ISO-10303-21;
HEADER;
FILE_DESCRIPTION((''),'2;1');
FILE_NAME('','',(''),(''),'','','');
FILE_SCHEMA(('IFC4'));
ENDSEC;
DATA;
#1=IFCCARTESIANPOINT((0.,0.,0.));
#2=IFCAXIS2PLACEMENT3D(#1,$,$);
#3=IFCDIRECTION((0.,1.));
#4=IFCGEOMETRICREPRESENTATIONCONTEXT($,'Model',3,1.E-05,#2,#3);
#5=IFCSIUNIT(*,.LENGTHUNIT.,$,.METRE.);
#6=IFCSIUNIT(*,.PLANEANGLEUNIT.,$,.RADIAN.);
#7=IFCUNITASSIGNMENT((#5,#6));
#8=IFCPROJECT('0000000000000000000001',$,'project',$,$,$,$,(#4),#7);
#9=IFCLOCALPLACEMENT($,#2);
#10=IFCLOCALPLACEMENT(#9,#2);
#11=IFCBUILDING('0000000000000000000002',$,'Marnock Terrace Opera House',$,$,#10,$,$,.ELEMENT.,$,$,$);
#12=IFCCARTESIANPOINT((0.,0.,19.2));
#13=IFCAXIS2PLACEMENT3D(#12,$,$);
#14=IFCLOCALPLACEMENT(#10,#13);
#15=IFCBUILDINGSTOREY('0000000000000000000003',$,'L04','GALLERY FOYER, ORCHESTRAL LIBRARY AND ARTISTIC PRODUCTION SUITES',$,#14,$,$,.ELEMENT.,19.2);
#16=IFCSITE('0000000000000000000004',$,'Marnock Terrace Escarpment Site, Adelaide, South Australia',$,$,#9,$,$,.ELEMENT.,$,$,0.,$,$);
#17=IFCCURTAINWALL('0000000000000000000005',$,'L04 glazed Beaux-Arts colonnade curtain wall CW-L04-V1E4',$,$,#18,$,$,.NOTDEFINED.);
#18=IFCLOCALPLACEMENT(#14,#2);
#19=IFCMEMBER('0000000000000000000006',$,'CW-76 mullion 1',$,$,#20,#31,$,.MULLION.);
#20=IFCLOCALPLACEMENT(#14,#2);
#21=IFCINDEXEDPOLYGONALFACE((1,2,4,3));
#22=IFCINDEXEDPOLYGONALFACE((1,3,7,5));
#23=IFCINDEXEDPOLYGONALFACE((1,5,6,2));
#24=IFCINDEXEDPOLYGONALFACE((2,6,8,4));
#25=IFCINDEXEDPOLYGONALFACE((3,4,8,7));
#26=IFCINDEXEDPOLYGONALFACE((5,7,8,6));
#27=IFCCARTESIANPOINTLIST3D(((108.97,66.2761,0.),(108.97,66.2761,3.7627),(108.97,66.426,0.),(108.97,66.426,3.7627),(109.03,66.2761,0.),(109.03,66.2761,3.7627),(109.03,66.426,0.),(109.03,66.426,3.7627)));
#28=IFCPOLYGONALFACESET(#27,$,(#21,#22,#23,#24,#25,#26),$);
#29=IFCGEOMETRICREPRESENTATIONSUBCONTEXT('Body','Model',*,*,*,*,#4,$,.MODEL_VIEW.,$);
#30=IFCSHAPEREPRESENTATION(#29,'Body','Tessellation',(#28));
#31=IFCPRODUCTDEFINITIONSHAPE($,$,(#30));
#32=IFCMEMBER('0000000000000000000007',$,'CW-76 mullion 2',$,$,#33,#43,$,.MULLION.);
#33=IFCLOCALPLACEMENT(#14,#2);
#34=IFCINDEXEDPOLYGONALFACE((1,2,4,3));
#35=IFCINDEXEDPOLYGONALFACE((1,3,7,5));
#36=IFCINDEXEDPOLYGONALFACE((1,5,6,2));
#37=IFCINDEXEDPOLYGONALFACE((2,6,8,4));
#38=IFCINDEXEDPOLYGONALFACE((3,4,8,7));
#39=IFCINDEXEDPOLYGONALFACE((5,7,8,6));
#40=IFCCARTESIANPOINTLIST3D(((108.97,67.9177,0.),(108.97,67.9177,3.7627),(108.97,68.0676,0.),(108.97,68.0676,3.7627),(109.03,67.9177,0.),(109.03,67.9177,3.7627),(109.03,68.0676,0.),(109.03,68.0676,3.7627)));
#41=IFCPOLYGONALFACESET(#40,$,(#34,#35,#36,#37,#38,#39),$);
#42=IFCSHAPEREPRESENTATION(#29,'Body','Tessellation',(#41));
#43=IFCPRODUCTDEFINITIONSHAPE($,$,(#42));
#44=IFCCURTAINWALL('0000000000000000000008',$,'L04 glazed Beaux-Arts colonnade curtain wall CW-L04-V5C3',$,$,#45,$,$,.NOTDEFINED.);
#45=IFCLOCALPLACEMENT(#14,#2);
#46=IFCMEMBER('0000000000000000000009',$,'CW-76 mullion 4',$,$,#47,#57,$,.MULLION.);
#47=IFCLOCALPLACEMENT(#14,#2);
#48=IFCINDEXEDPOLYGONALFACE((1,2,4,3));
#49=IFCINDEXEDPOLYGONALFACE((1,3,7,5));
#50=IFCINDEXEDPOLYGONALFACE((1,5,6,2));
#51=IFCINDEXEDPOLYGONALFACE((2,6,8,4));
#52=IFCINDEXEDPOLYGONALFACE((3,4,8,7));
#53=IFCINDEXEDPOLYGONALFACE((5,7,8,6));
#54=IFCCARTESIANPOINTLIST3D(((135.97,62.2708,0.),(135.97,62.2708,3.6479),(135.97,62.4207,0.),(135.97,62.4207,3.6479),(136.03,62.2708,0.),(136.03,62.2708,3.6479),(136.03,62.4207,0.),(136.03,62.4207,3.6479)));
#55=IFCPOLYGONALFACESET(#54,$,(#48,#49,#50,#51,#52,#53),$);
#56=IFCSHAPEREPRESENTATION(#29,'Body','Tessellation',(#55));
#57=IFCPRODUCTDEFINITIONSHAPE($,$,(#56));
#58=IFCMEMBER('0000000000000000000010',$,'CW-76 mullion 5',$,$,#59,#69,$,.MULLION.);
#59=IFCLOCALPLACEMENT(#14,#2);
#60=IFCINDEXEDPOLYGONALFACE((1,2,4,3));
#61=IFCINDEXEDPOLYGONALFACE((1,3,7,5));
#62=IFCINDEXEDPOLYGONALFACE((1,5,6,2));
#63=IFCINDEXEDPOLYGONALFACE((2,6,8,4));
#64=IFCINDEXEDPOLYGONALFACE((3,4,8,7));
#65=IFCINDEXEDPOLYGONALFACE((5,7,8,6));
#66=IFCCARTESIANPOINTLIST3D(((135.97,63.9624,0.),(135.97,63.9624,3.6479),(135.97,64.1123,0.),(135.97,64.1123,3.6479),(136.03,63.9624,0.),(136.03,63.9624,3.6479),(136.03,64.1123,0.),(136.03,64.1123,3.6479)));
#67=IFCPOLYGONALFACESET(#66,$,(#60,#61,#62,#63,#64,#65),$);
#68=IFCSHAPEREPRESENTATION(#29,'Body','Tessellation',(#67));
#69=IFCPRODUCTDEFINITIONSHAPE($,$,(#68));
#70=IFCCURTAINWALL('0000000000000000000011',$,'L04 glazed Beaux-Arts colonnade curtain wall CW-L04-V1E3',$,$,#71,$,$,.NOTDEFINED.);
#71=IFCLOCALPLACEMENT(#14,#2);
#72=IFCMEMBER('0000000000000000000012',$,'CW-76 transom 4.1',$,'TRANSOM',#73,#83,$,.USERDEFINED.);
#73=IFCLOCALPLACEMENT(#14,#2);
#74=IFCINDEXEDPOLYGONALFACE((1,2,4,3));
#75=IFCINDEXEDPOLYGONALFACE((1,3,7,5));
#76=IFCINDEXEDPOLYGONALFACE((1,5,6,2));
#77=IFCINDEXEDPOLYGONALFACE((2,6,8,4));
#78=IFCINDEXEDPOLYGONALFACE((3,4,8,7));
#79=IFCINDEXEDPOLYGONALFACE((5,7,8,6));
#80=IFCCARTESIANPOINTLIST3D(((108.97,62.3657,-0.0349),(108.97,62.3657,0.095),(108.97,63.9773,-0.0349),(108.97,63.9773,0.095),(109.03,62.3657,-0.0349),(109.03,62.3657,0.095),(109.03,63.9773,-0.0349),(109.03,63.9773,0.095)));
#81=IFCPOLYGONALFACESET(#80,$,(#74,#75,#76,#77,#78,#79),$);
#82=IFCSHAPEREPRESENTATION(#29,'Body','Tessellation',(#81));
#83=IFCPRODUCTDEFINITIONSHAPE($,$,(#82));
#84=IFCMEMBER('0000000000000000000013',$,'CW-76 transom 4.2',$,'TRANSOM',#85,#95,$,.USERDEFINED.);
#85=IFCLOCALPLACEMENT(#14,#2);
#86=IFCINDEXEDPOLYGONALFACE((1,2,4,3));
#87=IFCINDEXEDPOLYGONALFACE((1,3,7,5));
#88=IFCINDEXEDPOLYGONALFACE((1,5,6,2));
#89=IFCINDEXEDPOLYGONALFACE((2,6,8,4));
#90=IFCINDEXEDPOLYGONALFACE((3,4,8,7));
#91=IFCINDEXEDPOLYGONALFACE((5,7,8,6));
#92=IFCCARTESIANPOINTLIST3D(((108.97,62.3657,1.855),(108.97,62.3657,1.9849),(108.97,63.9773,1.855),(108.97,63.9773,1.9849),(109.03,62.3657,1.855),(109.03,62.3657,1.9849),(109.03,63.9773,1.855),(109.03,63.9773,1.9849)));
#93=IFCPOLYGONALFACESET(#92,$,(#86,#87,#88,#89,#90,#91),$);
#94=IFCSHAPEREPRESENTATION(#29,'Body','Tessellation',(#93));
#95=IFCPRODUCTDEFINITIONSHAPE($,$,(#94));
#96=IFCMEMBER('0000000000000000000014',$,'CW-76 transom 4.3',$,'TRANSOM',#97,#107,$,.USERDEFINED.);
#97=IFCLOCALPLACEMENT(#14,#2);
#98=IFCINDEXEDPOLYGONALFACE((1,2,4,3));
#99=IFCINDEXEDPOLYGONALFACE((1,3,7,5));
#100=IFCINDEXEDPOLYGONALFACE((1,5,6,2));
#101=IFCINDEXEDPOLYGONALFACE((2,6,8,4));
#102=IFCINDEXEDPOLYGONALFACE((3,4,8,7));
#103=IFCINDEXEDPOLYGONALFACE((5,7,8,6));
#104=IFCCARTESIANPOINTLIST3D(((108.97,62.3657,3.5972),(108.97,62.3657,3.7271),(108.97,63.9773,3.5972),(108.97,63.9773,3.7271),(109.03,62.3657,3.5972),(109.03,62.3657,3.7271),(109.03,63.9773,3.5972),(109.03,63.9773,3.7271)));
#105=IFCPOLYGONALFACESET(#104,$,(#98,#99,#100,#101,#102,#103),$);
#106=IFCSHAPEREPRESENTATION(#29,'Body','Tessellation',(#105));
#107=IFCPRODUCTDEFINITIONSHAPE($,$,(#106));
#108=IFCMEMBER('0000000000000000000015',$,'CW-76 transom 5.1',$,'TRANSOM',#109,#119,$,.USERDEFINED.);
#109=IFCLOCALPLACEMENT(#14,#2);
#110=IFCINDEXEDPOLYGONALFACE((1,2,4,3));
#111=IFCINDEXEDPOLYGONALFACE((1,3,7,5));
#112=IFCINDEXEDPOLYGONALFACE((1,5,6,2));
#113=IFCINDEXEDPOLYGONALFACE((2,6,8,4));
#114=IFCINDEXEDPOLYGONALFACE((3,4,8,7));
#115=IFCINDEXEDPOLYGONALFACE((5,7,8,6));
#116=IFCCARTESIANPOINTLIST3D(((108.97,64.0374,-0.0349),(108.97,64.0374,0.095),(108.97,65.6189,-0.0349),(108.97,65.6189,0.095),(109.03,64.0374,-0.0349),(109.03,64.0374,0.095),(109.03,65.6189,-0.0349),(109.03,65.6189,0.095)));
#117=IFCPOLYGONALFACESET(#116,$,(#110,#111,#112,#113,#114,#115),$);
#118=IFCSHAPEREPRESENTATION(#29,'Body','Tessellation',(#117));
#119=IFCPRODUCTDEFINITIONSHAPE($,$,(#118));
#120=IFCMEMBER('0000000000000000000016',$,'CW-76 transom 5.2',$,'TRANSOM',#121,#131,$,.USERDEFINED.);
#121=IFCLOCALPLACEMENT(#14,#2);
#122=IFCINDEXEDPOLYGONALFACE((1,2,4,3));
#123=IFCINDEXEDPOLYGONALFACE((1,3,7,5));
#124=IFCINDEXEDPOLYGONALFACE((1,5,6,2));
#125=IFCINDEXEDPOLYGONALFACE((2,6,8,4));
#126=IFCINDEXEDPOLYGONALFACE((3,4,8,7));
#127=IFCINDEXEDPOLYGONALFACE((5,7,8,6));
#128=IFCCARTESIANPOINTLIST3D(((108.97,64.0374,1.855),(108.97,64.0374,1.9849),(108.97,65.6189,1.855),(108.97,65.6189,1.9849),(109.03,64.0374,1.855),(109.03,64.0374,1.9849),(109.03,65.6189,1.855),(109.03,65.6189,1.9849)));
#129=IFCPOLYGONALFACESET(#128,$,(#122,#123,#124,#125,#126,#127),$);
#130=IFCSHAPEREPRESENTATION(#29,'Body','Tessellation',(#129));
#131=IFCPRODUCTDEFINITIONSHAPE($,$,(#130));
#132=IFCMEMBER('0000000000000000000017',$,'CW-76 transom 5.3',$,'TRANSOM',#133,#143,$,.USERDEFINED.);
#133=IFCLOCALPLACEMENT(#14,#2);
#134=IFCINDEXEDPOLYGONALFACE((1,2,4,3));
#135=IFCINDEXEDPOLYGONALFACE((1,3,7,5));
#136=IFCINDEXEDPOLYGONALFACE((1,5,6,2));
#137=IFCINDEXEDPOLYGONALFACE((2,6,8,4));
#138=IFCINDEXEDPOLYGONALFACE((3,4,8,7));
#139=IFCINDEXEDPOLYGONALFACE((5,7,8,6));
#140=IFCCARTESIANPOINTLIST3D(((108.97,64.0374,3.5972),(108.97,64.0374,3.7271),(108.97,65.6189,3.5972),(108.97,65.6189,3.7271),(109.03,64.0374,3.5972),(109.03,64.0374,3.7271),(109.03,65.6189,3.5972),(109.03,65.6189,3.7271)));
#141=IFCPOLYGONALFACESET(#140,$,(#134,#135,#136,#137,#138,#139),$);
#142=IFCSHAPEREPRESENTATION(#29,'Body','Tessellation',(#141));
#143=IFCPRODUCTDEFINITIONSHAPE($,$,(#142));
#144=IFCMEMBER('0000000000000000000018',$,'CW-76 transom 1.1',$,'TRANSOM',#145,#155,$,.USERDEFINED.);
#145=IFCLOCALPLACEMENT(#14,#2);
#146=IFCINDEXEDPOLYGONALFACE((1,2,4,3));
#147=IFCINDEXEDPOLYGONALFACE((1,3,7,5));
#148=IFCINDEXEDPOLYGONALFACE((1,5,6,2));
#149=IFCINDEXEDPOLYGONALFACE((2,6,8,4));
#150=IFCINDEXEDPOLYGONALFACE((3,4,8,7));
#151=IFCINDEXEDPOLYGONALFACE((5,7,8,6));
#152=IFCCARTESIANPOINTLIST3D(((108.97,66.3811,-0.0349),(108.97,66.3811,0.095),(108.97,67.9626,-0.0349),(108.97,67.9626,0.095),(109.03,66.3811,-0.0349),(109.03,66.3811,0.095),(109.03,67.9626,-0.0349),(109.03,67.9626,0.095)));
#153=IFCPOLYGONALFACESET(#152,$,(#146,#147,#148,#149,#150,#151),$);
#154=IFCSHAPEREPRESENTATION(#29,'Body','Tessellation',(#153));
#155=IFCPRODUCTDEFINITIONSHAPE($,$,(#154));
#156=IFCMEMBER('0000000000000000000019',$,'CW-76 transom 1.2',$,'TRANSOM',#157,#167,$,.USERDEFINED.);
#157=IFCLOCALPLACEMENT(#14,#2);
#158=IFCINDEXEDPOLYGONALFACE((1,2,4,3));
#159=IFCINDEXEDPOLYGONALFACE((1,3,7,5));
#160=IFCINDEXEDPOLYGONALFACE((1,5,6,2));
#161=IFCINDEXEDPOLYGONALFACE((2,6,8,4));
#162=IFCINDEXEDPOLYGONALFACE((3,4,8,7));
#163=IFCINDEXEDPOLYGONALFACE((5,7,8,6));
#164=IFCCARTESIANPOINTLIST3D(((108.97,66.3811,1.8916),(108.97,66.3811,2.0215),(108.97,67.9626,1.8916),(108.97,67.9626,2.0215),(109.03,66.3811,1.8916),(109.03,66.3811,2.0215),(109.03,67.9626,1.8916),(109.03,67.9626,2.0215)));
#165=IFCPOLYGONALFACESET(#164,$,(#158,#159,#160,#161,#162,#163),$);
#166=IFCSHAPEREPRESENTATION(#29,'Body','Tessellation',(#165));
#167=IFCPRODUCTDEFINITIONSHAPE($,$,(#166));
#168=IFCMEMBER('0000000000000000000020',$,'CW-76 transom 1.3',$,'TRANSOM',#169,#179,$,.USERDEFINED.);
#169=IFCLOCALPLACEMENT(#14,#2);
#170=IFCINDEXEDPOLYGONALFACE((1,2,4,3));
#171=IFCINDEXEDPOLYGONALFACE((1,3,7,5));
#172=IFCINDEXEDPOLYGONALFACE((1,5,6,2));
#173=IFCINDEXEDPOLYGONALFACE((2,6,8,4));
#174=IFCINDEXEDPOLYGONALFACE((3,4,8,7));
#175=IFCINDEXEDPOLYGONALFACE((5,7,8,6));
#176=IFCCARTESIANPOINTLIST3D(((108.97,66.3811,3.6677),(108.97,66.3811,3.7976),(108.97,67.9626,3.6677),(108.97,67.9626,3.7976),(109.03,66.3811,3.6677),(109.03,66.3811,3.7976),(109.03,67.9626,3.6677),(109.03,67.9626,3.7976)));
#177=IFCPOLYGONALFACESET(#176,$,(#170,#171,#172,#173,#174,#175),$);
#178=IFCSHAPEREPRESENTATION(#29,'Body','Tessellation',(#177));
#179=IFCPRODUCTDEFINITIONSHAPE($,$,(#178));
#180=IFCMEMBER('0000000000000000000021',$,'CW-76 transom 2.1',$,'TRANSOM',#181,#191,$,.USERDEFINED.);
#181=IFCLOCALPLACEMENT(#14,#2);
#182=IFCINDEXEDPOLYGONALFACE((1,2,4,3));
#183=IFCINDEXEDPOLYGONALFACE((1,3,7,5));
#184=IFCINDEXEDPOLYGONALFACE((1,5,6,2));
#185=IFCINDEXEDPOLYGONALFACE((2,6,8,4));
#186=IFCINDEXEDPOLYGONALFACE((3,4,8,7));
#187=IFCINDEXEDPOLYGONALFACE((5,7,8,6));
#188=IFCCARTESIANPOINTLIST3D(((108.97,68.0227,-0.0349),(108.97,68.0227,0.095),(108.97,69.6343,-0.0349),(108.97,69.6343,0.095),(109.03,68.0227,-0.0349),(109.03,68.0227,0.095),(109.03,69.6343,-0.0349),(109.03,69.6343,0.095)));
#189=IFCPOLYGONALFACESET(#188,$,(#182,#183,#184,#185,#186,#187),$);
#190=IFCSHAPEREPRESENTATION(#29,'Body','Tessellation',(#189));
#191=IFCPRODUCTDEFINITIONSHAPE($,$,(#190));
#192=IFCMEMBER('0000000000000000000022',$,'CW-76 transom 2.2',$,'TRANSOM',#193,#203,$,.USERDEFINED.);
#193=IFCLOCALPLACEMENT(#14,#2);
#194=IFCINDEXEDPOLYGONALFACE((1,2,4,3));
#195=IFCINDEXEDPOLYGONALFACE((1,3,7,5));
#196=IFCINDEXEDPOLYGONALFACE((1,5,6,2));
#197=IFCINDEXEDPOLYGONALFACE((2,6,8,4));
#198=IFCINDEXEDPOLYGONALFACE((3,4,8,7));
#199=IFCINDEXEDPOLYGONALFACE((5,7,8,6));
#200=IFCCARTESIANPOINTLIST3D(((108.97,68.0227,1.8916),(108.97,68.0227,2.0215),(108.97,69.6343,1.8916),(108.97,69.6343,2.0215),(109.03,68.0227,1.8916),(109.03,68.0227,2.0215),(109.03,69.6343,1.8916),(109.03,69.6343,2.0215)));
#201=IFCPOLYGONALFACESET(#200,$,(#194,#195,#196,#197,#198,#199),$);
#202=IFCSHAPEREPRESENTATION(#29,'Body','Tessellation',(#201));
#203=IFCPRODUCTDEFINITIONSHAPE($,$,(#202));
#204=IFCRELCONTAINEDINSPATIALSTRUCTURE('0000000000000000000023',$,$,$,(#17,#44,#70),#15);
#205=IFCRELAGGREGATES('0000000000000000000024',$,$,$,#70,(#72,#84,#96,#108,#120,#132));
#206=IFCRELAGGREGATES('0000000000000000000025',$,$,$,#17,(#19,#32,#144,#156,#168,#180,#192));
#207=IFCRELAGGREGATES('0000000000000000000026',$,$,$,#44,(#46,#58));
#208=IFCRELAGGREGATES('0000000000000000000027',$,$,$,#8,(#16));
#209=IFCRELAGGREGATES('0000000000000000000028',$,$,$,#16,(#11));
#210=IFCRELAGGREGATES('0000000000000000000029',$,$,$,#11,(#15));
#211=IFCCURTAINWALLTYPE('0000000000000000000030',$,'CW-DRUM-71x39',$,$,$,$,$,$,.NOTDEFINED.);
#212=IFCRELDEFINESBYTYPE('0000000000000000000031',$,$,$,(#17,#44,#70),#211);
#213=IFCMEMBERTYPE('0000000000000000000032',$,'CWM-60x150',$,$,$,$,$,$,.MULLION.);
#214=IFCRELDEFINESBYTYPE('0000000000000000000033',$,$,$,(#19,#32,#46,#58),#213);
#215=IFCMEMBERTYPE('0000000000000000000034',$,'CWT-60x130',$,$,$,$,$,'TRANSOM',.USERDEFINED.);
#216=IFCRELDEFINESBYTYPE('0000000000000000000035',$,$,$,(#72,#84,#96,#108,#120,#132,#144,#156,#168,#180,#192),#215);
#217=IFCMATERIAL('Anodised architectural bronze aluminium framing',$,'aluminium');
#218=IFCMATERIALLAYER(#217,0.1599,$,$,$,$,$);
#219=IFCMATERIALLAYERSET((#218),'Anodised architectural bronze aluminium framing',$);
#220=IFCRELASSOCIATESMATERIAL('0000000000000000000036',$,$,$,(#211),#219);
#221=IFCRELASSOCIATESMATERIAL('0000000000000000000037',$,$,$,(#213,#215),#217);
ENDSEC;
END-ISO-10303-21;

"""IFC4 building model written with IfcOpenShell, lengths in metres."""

from ifc_helpers import new_model, si_unit, direction, frame, origin, origin_2d, place, context, subcontext, project, spatial, rectangle, extrude, material, layer, layer_set, material_profile, profile_set, type_object, element, aggregate, save


model = new_model("IFC4")

# Units and contexts
model_context = context("Model", 3, precision=1e-05, world=origin(), true_north=direction((0.0, 1.0)))
body_context = subcontext(model_context, "Body", "Model", "MODEL_VIEW")
ifc_project = project(units=[si_unit("LENGTHUNIT", "METRE"), si_unit("PLANEANGLEUNIT", "RADIAN")], contexts=[model_context])

# Site, building, storey
site_placement = place(None, origin())
site = spatial("IfcSite", under=ifc_project, at=site_placement, Name="Marnock Terrace Escarpment Site, Adelaide, South Australia", CompositionType="ELEMENT", RefElevation=0.0)
building_placement = place(site_placement, origin())
building = spatial("IfcBuilding", under=site, at=building_placement, Name="Marnock Terrace Opera House", CompositionType="ELEMENT")
storey_placement = place(building_placement, frame((0.0, 0.0, 19.2)))
storey = spatial("IfcBuildingStorey", under=building, at=storey_placement, Name="L04", Description="GALLERY FOYER, ORCHESTRAL LIBRARY AND ARTISTIC PRODUCTION SUITES", CompositionType="ELEMENT", Elevation=19.2)

# Curtain walls, members
ifc_material_1 = material(Name="Anodised architectural bronze aluminium framing", Category="aluminium")
ifc_layer_1 = layer(ifc_material_1, 0.1599)
ifc_layer_set_1 = layer_set([ifc_layer_1], Name="Anodised architectural bronze aluminium framing")
curtain_wall_type = type_object("IfcCurtainWallType", Name="CW-DRUM-71x39", PredefinedType="NOTDEFINED", material=ifc_layer_set_1)
curtain_wall_1_placement = place(storey_placement, origin())
curtain_wall_1 = element("IfcCurtainWall", 1, at=curtain_wall_1_placement, inside=storey, type_object=curtain_wall_type, Name="L04 glazed Beaux-Arts colonnade curtain wall CW-L04-V1E4", PredefinedType="NOTDEFINED")
ifc_material_profile_1 = material_profile(ifc_material_1, rectangle(XDim=0.0601, YDim=0.1499, at=origin_2d()))
ifc_profile_set_1 = profile_set([ifc_material_profile_1], Name="Anodised architectural bronze aluminium framing")
member_type_1 = type_object("IfcMemberType", Name="CWM-60x150", PredefinedType="MULLION", material=ifc_profile_set_1)
member_1_placement = place(storey_placement, frame((109.0, 66.3511, 0.0), z_axis=(0.0, 0.0, 1.0), x_axis=(-1.0, 0.0, 0.0)))
member_1 = element("IfcMember", 2, at=member_1_placement, type_object=member_type_1, Name="CW-76 mullion 1", PredefinedType="MULLION", context=body_context, shape_type="SweptSolid", body=[
    extrude(rectangle(XDim=0.0601, YDim=0.1499, at=origin_2d()), origin(), (0.0, 0.0, 1.0), 3.7627),
])
member_2_placement = place(storey_placement, frame((109.0, 67.9927, 0.0), z_axis=(0.0, 0.0, 1.0), x_axis=(-1.0, 0.0, 0.0)))
member_2 = element("IfcMember", 3, at=member_2_placement, type_object=member_type_1, Name="CW-76 mullion 2", PredefinedType="MULLION", context=body_context, shape_type="SweptSolid", body=[
    extrude(rectangle(XDim=0.0601, YDim=0.1499, at=origin_2d()), origin(), (0.0, 0.0, 1.0), 3.7627),
])
curtain_wall_2_placement = place(storey_placement, origin())
curtain_wall_2 = element("IfcCurtainWall", 4, at=curtain_wall_2_placement, inside=storey, type_object=curtain_wall_type, Name="L04 glazed Beaux-Arts colonnade curtain wall CW-L04-V5C3", PredefinedType="NOTDEFINED")
member_3_placement = place(storey_placement, frame((136.0, 62.3457, 0.0), z_axis=(0.0, 0.0, 1.0), x_axis=(-1.0, 0.0, 0.0)))
member_3 = element("IfcMember", 5, at=member_3_placement, type_object=member_type_1, Name="CW-76 mullion 4", PredefinedType="MULLION", context=body_context, shape_type="SweptSolid", body=[
    extrude(rectangle(XDim=0.0601, YDim=0.1499, at=origin_2d()), origin(), (0.0, 0.0, 1.0), 3.6479),
])
member_4_placement = place(storey_placement, frame((136.0, 64.0374, 0.0), z_axis=(0.0, 0.0, 1.0), x_axis=(-1.0, 0.0, 0.0)))
member_4 = element("IfcMember", 6, at=member_4_placement, type_object=member_type_1, Name="CW-76 mullion 5", PredefinedType="MULLION", context=body_context, shape_type="SweptSolid", body=[
    extrude(rectangle(XDim=0.0601, YDim=0.1499, at=origin_2d()), origin(), (0.0, 0.0, 1.0), 3.6479),
])
curtain_wall_3_placement = place(storey_placement, origin())
curtain_wall_3 = element("IfcCurtainWall", 7, at=curtain_wall_3_placement, inside=storey, type_object=curtain_wall_type, Name="L04 glazed Beaux-Arts colonnade curtain wall CW-L04-V1E3", PredefinedType="NOTDEFINED")
ifc_material_profile_2 = material_profile(ifc_material_1, rectangle(XDim=0.0601, YDim=0.1299, at=origin_2d()))
ifc_profile_set_2 = profile_set([ifc_material_profile_2], Name="Anodised architectural bronze aluminium framing")
member_type_2 = type_object("IfcMemberType", Name="CWT-60x130", ElementType="TRANSOM", PredefinedType="USERDEFINED", material=ifc_profile_set_2)
member_5_placement = place(storey_placement, frame((109.0, 62.3657, 0.03), z_axis=(0.0, 1.0, 0.0), x_axis=(-1.0, 0.0, 0.0)))
member_5 = element("IfcMember", 8, at=member_5_placement, type_object=member_type_2, Name="CW-76 transom 4.1", ObjectType="TRANSOM", PredefinedType="USERDEFINED", context=body_context, shape_type="SweptSolid", body=[
    extrude(rectangle(XDim=0.0601, YDim=0.1299, at=origin_2d()), origin(), (0.0, 0.0, 1.0), 1.6116),
])
member_6_placement = place(storey_placement, frame((109.0, 62.3657, 1.9199), z_axis=(0.0, 1.0, 0.0), x_axis=(-1.0, 0.0, 0.0)))
member_6 = element("IfcMember", 9, at=member_6_placement, type_object=member_type_2, Name="CW-76 transom 4.2", ObjectType="TRANSOM", PredefinedType="USERDEFINED", context=body_context, shape_type="SweptSolid", body=[
    extrude(rectangle(XDim=0.0601, YDim=0.1299, at=origin_2d()), origin(), (0.0, 0.0, 1.0), 1.6116),
])
member_7_placement = place(storey_placement, frame((109.0, 62.3657, 3.6621), z_axis=(0.0, 1.0, 0.0), x_axis=(-1.0, 0.0, 0.0)))
member_7 = element("IfcMember", 10, at=member_7_placement, type_object=member_type_2, Name="CW-76 transom 4.3", ObjectType="TRANSOM", PredefinedType="USERDEFINED", context=body_context, shape_type="SweptSolid", body=[
    extrude(rectangle(XDim=0.0601, YDim=0.1299, at=origin_2d()), origin(), (0.0, 0.0, 1.0), 1.6116),
])
member_8_placement = place(storey_placement, frame((109.0, 64.0374, 0.03), z_axis=(0.0, 1.0, 0.0), x_axis=(-1.0, 0.0, 0.0)))
member_8 = element("IfcMember", 11, at=member_8_placement, type_object=member_type_2, Name="CW-76 transom 5.1", ObjectType="TRANSOM", PredefinedType="USERDEFINED", context=body_context, shape_type="SweptSolid", body=[
    extrude(rectangle(XDim=0.0601, YDim=0.1299, at=origin_2d()), origin(), (0.0, 0.0, 1.0), 1.5815),
])
member_9_placement = place(storey_placement, frame((109.0, 64.0374, 1.9199), z_axis=(0.0, 1.0, 0.0), x_axis=(-1.0, 0.0, 0.0)))
member_9 = element("IfcMember", 12, at=member_9_placement, type_object=member_type_2, Name="CW-76 transom 5.2", ObjectType="TRANSOM", PredefinedType="USERDEFINED", context=body_context, shape_type="SweptSolid", body=[
    extrude(rectangle(XDim=0.0601, YDim=0.1299, at=origin_2d()), origin(), (0.0, 0.0, 1.0), 1.5815),
])
member_10_placement = place(storey_placement, frame((109.0, 64.0374, 3.6621), z_axis=(0.0, 1.0, 0.0), x_axis=(-1.0, 0.0, 0.0)))
member_10 = element("IfcMember", 13, at=member_10_placement, type_object=member_type_2, Name="CW-76 transom 5.3", ObjectType="TRANSOM", PredefinedType="USERDEFINED", context=body_context, shape_type="SweptSolid", body=[
    extrude(rectangle(XDim=0.0601, YDim=0.1299, at=origin_2d()), origin(), (0.0, 0.0, 1.0), 1.5815),
])

# Members
member_11_placement = place(storey_placement, frame((109.0, 66.3811, 0.03), z_axis=(0.0, 1.0, 0.0), x_axis=(-1.0, 0.0, 0.0)))
member_11 = element("IfcMember", 14, at=member_11_placement, type_object=member_type_2, Name="CW-76 transom 1.1", ObjectType="TRANSOM", PredefinedType="USERDEFINED", context=body_context, shape_type="SweptSolid", body=[
    extrude(rectangle(XDim=0.0601, YDim=0.1299, at=origin_2d()), origin(), (0.0, 0.0, 1.0), 1.5815),
])
member_12_placement = place(storey_placement, frame((109.0, 66.3811, 1.9565), z_axis=(0.0, 1.0, 0.0), x_axis=(-1.0, 0.0, 0.0)))
member_12 = element("IfcMember", 15, at=member_12_placement, type_object=member_type_2, Name="CW-76 transom 1.2", ObjectType="TRANSOM", PredefinedType="USERDEFINED", context=body_context, shape_type="SweptSolid", body=[
    extrude(rectangle(XDim=0.0601, YDim=0.1299, at=origin_2d()), origin(), (0.0, 0.0, 1.0), 1.5815),
])
member_13_placement = place(storey_placement, frame((109.0, 66.3811, 3.7327), z_axis=(0.0, 1.0, 0.0), x_axis=(-1.0, 0.0, 0.0)))
member_13 = element("IfcMember", 16, at=member_13_placement, type_object=member_type_2, Name="CW-76 transom 1.3", ObjectType="TRANSOM", PredefinedType="USERDEFINED", context=body_context, shape_type="SweptSolid", body=[
    extrude(rectangle(XDim=0.0601, YDim=0.1299, at=origin_2d()), origin(), (0.0, 0.0, 1.0), 1.5815),
])
member_14_placement = place(storey_placement, frame((109.0, 68.0227, 0.03), z_axis=(0.0, 1.0, 0.0), x_axis=(-1.0, 0.0, 0.0)))
member_14 = element("IfcMember", 17, at=member_14_placement, type_object=member_type_2, Name="CW-76 transom 2.1", ObjectType="TRANSOM", PredefinedType="USERDEFINED", context=body_context, shape_type="SweptSolid", body=[
    extrude(rectangle(XDim=0.0601, YDim=0.1299, at=origin_2d()), origin(), (0.0, 0.0, 1.0), 1.6116),
])
member_15_placement = place(storey_placement, frame((109.0, 68.0227, 1.9565), z_axis=(0.0, 1.0, 0.0), x_axis=(-1.0, 0.0, 0.0)))
member_15 = element("IfcMember", 18, at=member_15_placement, type_object=member_type_2, Name="CW-76 transom 2.2", ObjectType="TRANSOM", PredefinedType="USERDEFINED", context=body_context, shape_type="SweptSolid", body=[
    extrude(rectangle(XDim=0.0601, YDim=0.1299, at=origin_2d()), origin(), (0.0, 0.0, 1.0), 1.6116),
])

aggregate(curtain_wall_3, [member_5, member_6, member_7, member_8, member_9, member_10])
aggregate(curtain_wall_1, [member_1, member_2, member_11, member_12, member_13, member_14, member_15])
aggregate(curtain_wall_2, [member_3, member_4])

save(model, "model.ifc")
